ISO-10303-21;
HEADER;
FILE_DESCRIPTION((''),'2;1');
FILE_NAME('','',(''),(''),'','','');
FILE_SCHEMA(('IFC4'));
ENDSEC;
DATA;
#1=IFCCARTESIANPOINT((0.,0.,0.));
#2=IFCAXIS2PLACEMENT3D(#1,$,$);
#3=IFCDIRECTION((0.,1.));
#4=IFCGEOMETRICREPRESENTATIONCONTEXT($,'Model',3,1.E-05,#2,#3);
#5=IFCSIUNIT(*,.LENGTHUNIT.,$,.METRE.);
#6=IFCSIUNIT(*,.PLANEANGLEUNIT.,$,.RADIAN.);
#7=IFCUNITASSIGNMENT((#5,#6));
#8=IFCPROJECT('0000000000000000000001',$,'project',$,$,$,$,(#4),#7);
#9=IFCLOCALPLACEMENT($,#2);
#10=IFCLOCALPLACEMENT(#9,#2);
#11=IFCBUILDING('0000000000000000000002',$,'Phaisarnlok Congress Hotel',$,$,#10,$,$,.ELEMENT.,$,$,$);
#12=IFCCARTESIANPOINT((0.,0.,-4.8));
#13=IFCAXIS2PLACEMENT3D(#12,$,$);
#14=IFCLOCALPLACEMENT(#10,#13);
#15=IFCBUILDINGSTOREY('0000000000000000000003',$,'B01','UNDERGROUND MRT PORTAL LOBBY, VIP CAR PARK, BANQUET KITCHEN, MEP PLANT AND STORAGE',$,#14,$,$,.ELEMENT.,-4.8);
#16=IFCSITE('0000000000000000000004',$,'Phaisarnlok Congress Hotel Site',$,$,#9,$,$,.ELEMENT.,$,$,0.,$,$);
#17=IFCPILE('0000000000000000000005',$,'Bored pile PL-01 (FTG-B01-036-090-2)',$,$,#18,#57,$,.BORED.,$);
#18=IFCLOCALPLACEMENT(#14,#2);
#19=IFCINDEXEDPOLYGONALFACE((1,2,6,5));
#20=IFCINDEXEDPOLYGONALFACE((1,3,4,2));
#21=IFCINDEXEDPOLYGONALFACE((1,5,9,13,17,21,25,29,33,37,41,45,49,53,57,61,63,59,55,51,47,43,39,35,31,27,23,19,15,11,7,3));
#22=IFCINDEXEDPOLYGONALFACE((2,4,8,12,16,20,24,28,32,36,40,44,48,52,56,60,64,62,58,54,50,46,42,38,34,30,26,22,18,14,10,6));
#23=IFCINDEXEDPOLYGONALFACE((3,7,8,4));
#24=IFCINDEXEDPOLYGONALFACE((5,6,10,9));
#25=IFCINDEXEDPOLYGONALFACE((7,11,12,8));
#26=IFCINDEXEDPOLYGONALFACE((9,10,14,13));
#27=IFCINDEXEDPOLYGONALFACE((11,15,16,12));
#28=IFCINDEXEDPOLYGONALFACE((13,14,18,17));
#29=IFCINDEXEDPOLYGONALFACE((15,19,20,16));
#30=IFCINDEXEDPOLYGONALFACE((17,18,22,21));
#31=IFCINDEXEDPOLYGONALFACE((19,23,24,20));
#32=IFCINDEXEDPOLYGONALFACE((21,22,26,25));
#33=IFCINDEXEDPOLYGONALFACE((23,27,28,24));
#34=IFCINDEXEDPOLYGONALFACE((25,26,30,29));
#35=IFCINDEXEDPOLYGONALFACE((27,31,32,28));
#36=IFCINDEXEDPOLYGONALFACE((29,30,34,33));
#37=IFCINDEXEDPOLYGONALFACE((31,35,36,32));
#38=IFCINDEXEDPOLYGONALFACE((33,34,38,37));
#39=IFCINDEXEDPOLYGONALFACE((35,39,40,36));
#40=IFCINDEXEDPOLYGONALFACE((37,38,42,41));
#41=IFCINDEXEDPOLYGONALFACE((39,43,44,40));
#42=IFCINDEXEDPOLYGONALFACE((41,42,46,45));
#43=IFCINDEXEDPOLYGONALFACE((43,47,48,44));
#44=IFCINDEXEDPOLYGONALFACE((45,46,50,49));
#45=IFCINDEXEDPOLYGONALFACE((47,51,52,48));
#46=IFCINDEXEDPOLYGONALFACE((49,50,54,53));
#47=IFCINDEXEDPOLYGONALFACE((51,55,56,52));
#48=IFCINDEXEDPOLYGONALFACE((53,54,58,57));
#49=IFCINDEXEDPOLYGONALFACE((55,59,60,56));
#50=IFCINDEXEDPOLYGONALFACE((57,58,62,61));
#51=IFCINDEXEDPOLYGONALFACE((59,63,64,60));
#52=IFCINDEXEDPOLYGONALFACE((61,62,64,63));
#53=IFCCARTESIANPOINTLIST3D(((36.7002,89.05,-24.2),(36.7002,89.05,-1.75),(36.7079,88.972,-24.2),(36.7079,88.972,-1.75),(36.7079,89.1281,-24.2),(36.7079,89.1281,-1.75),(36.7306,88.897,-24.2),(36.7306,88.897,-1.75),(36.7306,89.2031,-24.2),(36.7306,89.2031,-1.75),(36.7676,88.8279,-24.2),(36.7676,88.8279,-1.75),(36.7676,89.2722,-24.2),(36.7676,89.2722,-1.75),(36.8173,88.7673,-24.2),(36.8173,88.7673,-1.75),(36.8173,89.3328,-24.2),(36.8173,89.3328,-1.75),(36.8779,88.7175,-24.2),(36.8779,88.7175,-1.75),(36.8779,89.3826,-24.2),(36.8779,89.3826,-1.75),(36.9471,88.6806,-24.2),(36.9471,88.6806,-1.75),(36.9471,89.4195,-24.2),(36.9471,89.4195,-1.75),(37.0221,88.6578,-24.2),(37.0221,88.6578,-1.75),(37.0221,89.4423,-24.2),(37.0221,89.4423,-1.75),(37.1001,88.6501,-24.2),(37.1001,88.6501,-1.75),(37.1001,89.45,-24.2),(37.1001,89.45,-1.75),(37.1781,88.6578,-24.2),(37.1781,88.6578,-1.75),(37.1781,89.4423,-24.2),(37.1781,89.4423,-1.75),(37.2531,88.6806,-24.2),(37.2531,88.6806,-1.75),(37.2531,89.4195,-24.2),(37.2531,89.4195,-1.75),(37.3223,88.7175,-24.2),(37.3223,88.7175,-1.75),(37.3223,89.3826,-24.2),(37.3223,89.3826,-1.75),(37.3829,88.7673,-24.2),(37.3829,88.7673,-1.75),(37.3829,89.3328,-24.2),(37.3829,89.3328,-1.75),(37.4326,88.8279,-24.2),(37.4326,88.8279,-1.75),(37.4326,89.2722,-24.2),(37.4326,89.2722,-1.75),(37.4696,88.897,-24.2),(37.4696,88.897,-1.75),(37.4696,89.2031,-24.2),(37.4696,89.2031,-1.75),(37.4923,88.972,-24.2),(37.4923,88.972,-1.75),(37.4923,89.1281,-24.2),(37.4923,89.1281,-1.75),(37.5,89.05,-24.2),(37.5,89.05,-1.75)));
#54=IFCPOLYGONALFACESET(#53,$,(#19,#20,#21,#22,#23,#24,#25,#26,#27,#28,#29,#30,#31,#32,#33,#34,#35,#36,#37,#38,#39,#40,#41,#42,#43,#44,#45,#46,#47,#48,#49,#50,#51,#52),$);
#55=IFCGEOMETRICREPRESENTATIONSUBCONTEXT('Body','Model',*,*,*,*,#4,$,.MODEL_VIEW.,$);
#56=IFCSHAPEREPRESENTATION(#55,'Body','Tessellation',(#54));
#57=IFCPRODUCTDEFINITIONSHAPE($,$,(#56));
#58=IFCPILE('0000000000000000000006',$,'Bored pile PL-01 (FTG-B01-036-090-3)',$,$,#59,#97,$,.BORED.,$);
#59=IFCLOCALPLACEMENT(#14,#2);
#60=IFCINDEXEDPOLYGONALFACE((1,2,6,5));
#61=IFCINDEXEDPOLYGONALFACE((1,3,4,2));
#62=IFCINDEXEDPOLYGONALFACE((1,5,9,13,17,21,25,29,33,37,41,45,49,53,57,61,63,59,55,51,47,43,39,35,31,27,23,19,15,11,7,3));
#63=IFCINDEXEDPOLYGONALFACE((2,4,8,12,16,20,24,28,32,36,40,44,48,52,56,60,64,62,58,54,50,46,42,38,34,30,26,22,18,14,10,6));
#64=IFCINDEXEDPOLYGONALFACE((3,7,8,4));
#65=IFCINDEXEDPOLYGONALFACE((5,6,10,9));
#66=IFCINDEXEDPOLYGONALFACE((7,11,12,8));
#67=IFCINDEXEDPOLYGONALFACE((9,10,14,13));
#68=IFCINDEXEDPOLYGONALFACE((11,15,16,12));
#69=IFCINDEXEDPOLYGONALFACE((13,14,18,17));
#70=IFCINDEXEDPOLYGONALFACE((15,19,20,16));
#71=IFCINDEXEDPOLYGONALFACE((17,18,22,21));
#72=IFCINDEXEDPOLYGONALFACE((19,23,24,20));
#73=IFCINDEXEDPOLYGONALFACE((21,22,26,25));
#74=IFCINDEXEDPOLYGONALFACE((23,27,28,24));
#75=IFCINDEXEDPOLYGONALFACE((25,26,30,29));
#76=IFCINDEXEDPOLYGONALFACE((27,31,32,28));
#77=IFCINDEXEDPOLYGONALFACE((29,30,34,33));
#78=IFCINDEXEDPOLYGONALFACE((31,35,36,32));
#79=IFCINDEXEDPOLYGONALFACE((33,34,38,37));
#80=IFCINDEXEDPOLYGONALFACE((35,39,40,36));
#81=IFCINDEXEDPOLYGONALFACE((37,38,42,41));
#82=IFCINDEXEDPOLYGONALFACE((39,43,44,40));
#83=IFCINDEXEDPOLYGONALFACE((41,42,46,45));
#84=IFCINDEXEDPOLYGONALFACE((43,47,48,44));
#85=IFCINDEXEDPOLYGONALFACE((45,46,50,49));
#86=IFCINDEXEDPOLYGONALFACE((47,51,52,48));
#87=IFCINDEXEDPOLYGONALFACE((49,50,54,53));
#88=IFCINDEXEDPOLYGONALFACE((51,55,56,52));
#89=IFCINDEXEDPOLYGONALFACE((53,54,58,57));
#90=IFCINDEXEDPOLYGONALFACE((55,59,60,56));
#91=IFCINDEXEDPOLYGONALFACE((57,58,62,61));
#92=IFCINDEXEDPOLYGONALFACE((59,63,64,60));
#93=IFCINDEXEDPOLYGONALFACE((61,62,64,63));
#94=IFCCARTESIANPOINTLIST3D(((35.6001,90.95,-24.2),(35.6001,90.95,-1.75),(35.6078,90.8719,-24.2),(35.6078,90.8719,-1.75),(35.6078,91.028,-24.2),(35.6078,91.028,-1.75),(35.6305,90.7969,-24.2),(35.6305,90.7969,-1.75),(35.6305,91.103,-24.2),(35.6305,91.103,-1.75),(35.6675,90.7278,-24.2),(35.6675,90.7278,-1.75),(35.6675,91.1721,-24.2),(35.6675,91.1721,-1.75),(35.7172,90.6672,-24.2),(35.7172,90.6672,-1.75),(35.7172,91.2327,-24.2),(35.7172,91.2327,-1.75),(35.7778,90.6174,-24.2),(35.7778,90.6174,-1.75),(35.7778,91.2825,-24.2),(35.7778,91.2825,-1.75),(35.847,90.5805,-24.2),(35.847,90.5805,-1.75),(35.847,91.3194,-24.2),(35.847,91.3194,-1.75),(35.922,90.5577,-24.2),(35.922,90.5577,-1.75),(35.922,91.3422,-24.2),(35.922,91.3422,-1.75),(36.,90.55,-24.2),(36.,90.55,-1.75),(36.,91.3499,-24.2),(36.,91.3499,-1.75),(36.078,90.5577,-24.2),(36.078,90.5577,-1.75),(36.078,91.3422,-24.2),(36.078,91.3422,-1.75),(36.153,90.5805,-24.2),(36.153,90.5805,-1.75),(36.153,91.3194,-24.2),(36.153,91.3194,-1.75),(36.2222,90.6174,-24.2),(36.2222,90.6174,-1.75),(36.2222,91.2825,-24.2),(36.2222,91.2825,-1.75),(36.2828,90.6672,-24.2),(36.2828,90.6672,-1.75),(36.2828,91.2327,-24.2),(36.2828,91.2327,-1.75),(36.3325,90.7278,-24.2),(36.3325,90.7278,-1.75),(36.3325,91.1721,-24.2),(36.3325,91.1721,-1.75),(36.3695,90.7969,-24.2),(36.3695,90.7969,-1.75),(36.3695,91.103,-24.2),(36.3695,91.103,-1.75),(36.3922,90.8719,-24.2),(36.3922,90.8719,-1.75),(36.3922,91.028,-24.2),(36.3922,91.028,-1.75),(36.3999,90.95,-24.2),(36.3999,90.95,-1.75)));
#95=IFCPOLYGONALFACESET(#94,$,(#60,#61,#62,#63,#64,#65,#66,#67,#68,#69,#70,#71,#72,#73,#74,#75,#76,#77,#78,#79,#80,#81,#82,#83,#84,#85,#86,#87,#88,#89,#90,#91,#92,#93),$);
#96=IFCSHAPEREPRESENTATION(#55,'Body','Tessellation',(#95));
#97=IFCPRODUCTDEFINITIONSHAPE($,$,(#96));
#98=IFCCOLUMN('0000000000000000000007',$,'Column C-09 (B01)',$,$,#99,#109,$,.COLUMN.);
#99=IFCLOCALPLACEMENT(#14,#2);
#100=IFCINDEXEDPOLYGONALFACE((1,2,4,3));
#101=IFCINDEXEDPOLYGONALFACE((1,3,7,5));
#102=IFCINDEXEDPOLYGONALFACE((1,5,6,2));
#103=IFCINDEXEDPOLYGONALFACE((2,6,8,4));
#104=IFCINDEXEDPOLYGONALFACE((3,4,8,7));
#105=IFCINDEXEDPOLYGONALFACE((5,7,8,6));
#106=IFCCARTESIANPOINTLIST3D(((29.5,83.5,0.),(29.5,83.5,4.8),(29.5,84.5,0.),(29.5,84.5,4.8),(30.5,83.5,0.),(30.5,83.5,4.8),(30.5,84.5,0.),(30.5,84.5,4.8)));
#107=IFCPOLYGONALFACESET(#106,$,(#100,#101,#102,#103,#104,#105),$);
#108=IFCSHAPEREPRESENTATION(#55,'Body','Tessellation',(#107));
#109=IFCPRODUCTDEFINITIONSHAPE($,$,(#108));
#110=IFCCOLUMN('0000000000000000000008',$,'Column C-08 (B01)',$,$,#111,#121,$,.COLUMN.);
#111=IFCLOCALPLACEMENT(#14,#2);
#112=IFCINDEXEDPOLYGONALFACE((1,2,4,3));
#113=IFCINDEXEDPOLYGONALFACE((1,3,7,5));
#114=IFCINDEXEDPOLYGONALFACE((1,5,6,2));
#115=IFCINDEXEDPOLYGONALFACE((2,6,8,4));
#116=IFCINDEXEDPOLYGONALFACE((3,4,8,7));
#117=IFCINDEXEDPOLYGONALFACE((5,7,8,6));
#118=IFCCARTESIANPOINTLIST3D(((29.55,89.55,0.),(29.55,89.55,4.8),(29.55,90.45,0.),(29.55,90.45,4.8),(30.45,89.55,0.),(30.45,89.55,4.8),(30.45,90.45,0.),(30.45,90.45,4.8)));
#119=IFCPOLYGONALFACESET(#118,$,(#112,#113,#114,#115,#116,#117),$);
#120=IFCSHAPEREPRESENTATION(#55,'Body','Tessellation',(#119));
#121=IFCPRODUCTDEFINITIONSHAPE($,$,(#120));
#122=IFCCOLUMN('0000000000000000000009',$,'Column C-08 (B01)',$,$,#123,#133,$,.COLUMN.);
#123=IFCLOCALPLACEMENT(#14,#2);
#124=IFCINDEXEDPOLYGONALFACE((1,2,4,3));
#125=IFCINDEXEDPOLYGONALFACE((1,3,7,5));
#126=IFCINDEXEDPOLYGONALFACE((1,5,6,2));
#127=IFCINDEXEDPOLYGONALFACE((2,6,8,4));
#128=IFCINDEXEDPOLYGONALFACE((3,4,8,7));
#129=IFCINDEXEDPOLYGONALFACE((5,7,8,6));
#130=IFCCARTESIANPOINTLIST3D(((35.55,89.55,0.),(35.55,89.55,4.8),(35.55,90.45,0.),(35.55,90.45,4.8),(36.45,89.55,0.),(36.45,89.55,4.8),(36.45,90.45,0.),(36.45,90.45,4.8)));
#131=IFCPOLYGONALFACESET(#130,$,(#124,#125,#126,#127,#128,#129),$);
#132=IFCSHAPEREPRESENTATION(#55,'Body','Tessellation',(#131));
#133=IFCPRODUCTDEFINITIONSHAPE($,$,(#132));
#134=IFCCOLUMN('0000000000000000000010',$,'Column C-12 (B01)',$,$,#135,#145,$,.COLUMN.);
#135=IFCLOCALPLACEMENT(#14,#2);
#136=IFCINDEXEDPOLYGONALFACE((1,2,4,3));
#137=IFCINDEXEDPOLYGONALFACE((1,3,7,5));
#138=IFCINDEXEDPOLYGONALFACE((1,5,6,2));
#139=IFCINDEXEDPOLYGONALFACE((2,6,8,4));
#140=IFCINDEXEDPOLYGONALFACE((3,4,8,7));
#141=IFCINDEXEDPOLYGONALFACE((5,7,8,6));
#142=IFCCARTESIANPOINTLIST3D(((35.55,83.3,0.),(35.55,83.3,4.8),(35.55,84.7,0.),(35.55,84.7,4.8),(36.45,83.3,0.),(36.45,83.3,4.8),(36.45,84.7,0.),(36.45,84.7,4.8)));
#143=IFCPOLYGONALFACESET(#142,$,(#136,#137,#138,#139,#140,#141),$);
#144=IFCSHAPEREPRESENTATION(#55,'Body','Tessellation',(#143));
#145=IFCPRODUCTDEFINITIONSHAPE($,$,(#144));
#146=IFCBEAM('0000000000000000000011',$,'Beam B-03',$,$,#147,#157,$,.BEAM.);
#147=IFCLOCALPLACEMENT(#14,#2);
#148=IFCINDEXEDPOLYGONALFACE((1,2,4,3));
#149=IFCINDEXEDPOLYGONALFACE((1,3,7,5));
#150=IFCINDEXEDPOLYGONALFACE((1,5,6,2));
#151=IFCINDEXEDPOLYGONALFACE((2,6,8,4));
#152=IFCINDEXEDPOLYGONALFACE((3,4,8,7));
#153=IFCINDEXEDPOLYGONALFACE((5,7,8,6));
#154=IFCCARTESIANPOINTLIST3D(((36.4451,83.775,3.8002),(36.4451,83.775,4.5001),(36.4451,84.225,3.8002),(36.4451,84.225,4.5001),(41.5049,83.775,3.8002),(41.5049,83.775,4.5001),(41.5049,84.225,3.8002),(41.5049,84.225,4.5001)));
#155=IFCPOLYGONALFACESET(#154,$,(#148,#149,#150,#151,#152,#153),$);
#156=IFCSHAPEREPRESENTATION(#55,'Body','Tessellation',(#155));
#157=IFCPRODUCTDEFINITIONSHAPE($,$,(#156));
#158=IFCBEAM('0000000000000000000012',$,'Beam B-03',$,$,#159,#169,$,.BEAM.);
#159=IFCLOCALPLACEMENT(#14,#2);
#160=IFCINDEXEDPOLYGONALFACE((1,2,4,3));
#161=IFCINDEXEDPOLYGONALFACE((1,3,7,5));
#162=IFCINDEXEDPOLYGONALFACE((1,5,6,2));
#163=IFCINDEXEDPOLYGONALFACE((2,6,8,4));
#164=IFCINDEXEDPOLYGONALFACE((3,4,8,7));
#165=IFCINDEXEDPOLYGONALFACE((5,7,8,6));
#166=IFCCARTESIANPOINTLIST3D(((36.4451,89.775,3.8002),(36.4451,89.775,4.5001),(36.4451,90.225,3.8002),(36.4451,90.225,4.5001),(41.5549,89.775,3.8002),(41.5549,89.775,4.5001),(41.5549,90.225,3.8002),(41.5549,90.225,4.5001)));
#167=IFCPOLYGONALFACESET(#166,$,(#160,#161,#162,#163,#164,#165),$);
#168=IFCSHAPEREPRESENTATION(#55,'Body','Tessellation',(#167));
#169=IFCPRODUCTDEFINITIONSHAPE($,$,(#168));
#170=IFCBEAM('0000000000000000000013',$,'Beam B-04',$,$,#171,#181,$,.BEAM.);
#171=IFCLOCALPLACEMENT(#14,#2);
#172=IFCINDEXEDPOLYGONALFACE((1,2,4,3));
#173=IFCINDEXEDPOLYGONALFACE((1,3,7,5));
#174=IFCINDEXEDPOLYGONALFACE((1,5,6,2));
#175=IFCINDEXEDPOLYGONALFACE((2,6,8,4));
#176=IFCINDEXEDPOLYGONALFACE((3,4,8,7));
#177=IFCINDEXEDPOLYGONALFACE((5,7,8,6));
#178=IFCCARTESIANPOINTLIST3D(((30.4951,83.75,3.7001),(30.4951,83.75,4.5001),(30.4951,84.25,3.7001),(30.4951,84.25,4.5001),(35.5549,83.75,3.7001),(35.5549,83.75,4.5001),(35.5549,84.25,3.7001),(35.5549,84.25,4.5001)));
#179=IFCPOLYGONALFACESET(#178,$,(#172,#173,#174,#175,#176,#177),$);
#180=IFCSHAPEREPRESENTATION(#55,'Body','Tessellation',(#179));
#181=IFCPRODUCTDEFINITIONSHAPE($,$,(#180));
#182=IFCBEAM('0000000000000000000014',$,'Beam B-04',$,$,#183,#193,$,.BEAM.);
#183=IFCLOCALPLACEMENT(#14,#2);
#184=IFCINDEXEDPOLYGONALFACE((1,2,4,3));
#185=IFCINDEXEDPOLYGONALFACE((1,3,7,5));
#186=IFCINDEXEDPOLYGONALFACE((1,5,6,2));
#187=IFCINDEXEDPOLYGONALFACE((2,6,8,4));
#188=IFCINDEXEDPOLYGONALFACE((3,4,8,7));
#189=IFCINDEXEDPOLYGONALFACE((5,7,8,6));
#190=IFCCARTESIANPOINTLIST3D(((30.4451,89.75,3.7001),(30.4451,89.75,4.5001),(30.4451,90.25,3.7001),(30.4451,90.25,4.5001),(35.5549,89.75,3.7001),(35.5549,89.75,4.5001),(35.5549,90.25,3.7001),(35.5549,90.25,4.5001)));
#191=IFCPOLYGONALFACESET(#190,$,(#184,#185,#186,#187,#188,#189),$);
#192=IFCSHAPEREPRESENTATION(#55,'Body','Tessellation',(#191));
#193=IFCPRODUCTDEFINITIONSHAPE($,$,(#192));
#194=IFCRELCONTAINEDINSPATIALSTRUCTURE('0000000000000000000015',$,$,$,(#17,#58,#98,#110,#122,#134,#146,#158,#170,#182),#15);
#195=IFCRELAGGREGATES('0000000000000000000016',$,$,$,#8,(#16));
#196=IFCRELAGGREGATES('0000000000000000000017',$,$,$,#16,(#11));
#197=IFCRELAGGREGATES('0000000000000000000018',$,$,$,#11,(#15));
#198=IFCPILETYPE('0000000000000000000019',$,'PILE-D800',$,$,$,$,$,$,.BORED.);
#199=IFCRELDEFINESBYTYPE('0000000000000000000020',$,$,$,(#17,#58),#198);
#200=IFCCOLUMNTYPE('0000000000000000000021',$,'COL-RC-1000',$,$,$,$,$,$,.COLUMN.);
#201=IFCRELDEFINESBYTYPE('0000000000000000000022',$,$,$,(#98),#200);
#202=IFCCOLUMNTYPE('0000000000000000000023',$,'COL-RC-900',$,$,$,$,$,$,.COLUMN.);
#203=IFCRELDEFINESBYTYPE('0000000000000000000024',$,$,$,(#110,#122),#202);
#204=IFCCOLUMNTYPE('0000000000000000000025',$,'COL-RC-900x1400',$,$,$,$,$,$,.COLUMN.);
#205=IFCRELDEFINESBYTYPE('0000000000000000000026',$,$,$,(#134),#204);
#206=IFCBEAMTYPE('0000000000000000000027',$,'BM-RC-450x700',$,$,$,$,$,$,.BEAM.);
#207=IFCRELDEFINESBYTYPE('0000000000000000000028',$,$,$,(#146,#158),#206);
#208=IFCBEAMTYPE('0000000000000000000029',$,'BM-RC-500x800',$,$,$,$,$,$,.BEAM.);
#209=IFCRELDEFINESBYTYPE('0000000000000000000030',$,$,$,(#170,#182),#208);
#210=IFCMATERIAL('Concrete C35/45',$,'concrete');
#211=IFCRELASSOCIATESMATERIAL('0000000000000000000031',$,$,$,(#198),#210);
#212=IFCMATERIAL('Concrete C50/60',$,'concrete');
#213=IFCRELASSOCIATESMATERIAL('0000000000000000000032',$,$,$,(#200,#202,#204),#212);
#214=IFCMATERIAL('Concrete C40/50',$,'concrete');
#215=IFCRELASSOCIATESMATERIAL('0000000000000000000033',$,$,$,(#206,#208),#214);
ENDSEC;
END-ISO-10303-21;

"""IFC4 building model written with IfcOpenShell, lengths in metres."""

from ifc_helpers import new_model, si_unit, direction, frame, origin, origin_2d, place, context, subcontext, project, spatial, rectangle, circle, extrude, material, material_profile, profile_set, type_object, element, save


model = new_model("IFC4")

# Units and contexts
model_context = context("Model", 3, precision=1e-05, world=origin(), true_north=direction((0.0, 1.0)))
body_context = subcontext(model_context, "Body", "Model", "MODEL_VIEW")
ifc_project = project(units=[si_unit("LENGTHUNIT", "METRE"), si_unit("PLANEANGLEUNIT", "RADIAN")], contexts=[model_context])

# Site, building, storey
site_placement = place(None, origin())
site = spatial("IfcSite", under=ifc_project, at=site_placement, Name="Phaisarnlok Congress Hotel Site", CompositionType="ELEMENT", RefElevation=0.0)
building_placement = place(site_placement, origin())
building = spatial("IfcBuilding", under=site, at=building_placement, Name="Phaisarnlok Congress Hotel", CompositionType="ELEMENT")
storey_placement = place(building_placement, frame((0.0, 0.0, -4.8)))
storey = spatial("IfcBuildingStorey", under=building, at=storey_placement, Name="B01", Description="UNDERGROUND MRT PORTAL LOBBY, VIP CAR PARK, BANQUET KITCHEN, MEP PLANT AND STORAGE", CompositionType="ELEMENT", Elevation=-4.8)

# Shared definitions
ifc_material_1 = material(Name="Concrete C40/50", Category="concrete")

# Piles
ifc_material_2 = material(Name="Concrete C35/45", Category="concrete")
ifc_material_profile_1 = material_profile(ifc_material_2, circle(Radius=0.3999, at=origin_2d()), Name="BORED PILE D800")
ifc_profile_set_1 = profile_set([ifc_material_profile_1], Name="Concrete C35/45")
pile_type_1 = type_object("IfcPileType", Name="PILE-D800", PredefinedType="BORED", material=ifc_profile_set_1)
for number, where, z_axis, x_axis, name in (
    (1, (37.1001, 89.05, -1.75), (0.0, 0.0, -1.0), (1.0, 0.0, 0.0), "Bored pile PL-01 (FTG-B01-036-090-2)"),
    (2, (36.0, 90.95, -1.75), (0.0, 0.0, -1.0), (1.0, 0.0, 0.0), "Bored pile PL-01 (FTG-B01-036-090-3)"),
):
    element("IfcPile", number, at=place(storey_placement, frame(where, z_axis=z_axis, x_axis=x_axis)), inside=storey, type_object=pile_type_1, Name=name, PredefinedType="BORED", context=body_context, shape_type="SweptSolid", body=[
        extrude(circle(Radius=0.3999, at=origin_2d()), origin(), (0.0, 0.0, 1.0), 22.45),
    ])

# Columns
ifc_material_3 = material(Name="Concrete C50/60", Category="concrete")
ifc_material_profile_2 = material_profile(ifc_material_3, rectangle(XDim=1.0, YDim=1.0, at=origin_2d()), Name="RC 1000x1000")
ifc_profile_set_2 = profile_set([ifc_material_profile_2], Name="Concrete C50/60")
column_type_1 = type_object("IfcColumnType", Name="COL-RC-1000", PredefinedType="COLUMN", material=ifc_profile_set_2)
column_1_placement = place(storey_placement, frame((30.0, 84.0, 0.0), z_axis=(0.0, 0.0, 1.0), x_axis=(1.0, 0.0, 0.0)))
element("IfcColumn", 3, at=column_1_placement, inside=storey, type_object=column_type_1, Name="Column C-09 (B01)", PredefinedType="COLUMN", context=body_context, shape_type="SweptSolid", body=[
    extrude(rectangle(XDim=1.0, YDim=1.0, at=origin_2d()), origin(), (0.0, 0.0, 1.0), 4.8),
])
ifc_material_profile_3 = material_profile(ifc_material_3, rectangle(XDim=0.8999, YDim=0.8999, at=origin_2d()), Name="RC 900x900")
ifc_profile_set_3 = profile_set([ifc_material_profile_3], Name="Concrete C50/60")
column_type_2 = type_object("IfcColumnType", Name="COL-RC-900", PredefinedType="COLUMN", material=ifc_profile_set_3)
for number, where, z_axis, x_axis, name in (
    (4, (30.0, 90.0, 0.0), (0.0, 0.0, 1.0), (1.0, 0.0, 0.0), "Column C-08 (B01)"),
    (5, (36.0, 90.0, 0.0), (0.0, 0.0, 1.0), (1.0, 0.0, 0.0), "Column C-08 (B01)"),
):
    element("IfcColumn", number, at=place(storey_placement, frame(where, z_axis=z_axis, x_axis=x_axis)), inside=storey, type_object=column_type_2, Name=name, PredefinedType="COLUMN", context=body_context, shape_type="SweptSolid", body=[
        extrude(rectangle(XDim=0.8999, YDim=0.8999, at=origin_2d()), origin(), (0.0, 0.0, 1.0), 4.8),
    ])
ifc_material_profile_4 = material_profile(ifc_material_3, rectangle(XDim=0.8999, YDim=1.3999, at=origin_2d()), Name="RC 900x1400")
ifc_profile_set_4 = profile_set([ifc_material_profile_4], Name="Concrete C50/60")
column_type_3 = type_object("IfcColumnType", Name="COL-RC-900x1400", PredefinedType="COLUMN", material=ifc_profile_set_4)
column_2_placement = place(storey_placement, frame((36.0, 84.0, 0.0), z_axis=(0.0, 0.0, 1.0), x_axis=(1.0, 0.0, 0.0)))
element("IfcColumn", 6, at=column_2_placement, inside=storey, type_object=column_type_3, Name="Column C-12 (B01)", PredefinedType="COLUMN", context=body_context, shape_type="SweptSolid", body=[
    extrude(rectangle(XDim=0.8999, YDim=1.3999, at=origin_2d()), origin(), (0.0, 0.0, 1.0), 4.8),
])

# Beams
ifc_material_profile_5 = material_profile(ifc_material_1, rectangle(XDim=0.45, YDim=0.7, at=origin_2d()), Name="RC 450x700")
ifc_profile_set_5 = profile_set([ifc_material_profile_5], Name="Concrete C40/50")
beam_type_1 = type_object("IfcBeamType", Name="BM-RC-450x700", PredefinedType="BEAM", material=ifc_profile_set_5)
beam_1_placement = place(storey_placement, frame((36.4451, 84.0, 4.1501), z_axis=(1.0, 0.0, 0.0), x_axis=(0.0, 1.0, 0.0)))
element("IfcBeam", 7, at=beam_1_placement, inside=storey, type_object=beam_type_1, Name="Beam B-03", PredefinedType="BEAM", context=body_context, shape_type="SweptSolid", body=[
    extrude(rectangle(XDim=0.45, YDim=0.7, at=origin_2d()), origin(), (0.0, 0.0, 1.0), 5.0598),
])
beam_2_placement = place(storey_placement, frame((36.4451, 90.0, 4.1501), z_axis=(1.0, 0.0, 0.0), x_axis=(0.0, 1.0, 0.0)))
element("IfcBeam", 8, at=beam_2_placement, inside=storey, type_object=beam_type_1, Name="Beam B-03", PredefinedType="BEAM", context=body_context, shape_type="SweptSolid", body=[
    extrude(rectangle(XDim=0.45, YDim=0.7, at=origin_2d()), origin(), (0.0, 0.0, 1.0), 5.1099),
])
ifc_material_profile_6 = material_profile(ifc_material_1, rectangle(XDim=0.5, YDim=0.8, at=origin_2d()), Name="RC 500x800")
ifc_profile_set_6 = profile_set([ifc_material_profile_6], Name="Concrete C40/50")
beam_type_2 = type_object("IfcBeamType", Name="BM-RC-500x800", PredefinedType="BEAM", material=ifc_profile_set_6)
beam_3_placement = place(storey_placement, frame((30.4951, 84.0, 4.1001), z_axis=(1.0, 0.0, 0.0), x_axis=(0.0, 1.0, 0.0)))
element("IfcBeam", 9, at=beam_3_placement, inside=storey, type_object=beam_type_2, Name="Beam B-04", PredefinedType="BEAM", context=body_context, shape_type="SweptSolid", body=[
    extrude(rectangle(XDim=0.5, YDim=0.8, at=origin_2d()), origin(), (0.0, 0.0, 1.0), 5.0598),
])
for number, where, z_axis, x_axis, name in (
    (10, (30.4451, 90.0, 4.1001), (1.0, 0.0, 0.0), (0.0, 1.0, 0.0), "Beam B-04"),
):
    element("IfcBeam", number, at=place(storey_placement, frame(where, z_axis=z_axis, x_axis=x_axis)), inside=storey, type_object=beam_type_2, Name=name, PredefinedType="BEAM", context=body_context, shape_type="SweptSolid", body=[
        extrude(rectangle(XDim=0.5, YDim=0.8, at=origin_2d()), origin(), (0.0, 0.0, 1.0), 5.1099),
    ])

save(model, "model.ifc")
